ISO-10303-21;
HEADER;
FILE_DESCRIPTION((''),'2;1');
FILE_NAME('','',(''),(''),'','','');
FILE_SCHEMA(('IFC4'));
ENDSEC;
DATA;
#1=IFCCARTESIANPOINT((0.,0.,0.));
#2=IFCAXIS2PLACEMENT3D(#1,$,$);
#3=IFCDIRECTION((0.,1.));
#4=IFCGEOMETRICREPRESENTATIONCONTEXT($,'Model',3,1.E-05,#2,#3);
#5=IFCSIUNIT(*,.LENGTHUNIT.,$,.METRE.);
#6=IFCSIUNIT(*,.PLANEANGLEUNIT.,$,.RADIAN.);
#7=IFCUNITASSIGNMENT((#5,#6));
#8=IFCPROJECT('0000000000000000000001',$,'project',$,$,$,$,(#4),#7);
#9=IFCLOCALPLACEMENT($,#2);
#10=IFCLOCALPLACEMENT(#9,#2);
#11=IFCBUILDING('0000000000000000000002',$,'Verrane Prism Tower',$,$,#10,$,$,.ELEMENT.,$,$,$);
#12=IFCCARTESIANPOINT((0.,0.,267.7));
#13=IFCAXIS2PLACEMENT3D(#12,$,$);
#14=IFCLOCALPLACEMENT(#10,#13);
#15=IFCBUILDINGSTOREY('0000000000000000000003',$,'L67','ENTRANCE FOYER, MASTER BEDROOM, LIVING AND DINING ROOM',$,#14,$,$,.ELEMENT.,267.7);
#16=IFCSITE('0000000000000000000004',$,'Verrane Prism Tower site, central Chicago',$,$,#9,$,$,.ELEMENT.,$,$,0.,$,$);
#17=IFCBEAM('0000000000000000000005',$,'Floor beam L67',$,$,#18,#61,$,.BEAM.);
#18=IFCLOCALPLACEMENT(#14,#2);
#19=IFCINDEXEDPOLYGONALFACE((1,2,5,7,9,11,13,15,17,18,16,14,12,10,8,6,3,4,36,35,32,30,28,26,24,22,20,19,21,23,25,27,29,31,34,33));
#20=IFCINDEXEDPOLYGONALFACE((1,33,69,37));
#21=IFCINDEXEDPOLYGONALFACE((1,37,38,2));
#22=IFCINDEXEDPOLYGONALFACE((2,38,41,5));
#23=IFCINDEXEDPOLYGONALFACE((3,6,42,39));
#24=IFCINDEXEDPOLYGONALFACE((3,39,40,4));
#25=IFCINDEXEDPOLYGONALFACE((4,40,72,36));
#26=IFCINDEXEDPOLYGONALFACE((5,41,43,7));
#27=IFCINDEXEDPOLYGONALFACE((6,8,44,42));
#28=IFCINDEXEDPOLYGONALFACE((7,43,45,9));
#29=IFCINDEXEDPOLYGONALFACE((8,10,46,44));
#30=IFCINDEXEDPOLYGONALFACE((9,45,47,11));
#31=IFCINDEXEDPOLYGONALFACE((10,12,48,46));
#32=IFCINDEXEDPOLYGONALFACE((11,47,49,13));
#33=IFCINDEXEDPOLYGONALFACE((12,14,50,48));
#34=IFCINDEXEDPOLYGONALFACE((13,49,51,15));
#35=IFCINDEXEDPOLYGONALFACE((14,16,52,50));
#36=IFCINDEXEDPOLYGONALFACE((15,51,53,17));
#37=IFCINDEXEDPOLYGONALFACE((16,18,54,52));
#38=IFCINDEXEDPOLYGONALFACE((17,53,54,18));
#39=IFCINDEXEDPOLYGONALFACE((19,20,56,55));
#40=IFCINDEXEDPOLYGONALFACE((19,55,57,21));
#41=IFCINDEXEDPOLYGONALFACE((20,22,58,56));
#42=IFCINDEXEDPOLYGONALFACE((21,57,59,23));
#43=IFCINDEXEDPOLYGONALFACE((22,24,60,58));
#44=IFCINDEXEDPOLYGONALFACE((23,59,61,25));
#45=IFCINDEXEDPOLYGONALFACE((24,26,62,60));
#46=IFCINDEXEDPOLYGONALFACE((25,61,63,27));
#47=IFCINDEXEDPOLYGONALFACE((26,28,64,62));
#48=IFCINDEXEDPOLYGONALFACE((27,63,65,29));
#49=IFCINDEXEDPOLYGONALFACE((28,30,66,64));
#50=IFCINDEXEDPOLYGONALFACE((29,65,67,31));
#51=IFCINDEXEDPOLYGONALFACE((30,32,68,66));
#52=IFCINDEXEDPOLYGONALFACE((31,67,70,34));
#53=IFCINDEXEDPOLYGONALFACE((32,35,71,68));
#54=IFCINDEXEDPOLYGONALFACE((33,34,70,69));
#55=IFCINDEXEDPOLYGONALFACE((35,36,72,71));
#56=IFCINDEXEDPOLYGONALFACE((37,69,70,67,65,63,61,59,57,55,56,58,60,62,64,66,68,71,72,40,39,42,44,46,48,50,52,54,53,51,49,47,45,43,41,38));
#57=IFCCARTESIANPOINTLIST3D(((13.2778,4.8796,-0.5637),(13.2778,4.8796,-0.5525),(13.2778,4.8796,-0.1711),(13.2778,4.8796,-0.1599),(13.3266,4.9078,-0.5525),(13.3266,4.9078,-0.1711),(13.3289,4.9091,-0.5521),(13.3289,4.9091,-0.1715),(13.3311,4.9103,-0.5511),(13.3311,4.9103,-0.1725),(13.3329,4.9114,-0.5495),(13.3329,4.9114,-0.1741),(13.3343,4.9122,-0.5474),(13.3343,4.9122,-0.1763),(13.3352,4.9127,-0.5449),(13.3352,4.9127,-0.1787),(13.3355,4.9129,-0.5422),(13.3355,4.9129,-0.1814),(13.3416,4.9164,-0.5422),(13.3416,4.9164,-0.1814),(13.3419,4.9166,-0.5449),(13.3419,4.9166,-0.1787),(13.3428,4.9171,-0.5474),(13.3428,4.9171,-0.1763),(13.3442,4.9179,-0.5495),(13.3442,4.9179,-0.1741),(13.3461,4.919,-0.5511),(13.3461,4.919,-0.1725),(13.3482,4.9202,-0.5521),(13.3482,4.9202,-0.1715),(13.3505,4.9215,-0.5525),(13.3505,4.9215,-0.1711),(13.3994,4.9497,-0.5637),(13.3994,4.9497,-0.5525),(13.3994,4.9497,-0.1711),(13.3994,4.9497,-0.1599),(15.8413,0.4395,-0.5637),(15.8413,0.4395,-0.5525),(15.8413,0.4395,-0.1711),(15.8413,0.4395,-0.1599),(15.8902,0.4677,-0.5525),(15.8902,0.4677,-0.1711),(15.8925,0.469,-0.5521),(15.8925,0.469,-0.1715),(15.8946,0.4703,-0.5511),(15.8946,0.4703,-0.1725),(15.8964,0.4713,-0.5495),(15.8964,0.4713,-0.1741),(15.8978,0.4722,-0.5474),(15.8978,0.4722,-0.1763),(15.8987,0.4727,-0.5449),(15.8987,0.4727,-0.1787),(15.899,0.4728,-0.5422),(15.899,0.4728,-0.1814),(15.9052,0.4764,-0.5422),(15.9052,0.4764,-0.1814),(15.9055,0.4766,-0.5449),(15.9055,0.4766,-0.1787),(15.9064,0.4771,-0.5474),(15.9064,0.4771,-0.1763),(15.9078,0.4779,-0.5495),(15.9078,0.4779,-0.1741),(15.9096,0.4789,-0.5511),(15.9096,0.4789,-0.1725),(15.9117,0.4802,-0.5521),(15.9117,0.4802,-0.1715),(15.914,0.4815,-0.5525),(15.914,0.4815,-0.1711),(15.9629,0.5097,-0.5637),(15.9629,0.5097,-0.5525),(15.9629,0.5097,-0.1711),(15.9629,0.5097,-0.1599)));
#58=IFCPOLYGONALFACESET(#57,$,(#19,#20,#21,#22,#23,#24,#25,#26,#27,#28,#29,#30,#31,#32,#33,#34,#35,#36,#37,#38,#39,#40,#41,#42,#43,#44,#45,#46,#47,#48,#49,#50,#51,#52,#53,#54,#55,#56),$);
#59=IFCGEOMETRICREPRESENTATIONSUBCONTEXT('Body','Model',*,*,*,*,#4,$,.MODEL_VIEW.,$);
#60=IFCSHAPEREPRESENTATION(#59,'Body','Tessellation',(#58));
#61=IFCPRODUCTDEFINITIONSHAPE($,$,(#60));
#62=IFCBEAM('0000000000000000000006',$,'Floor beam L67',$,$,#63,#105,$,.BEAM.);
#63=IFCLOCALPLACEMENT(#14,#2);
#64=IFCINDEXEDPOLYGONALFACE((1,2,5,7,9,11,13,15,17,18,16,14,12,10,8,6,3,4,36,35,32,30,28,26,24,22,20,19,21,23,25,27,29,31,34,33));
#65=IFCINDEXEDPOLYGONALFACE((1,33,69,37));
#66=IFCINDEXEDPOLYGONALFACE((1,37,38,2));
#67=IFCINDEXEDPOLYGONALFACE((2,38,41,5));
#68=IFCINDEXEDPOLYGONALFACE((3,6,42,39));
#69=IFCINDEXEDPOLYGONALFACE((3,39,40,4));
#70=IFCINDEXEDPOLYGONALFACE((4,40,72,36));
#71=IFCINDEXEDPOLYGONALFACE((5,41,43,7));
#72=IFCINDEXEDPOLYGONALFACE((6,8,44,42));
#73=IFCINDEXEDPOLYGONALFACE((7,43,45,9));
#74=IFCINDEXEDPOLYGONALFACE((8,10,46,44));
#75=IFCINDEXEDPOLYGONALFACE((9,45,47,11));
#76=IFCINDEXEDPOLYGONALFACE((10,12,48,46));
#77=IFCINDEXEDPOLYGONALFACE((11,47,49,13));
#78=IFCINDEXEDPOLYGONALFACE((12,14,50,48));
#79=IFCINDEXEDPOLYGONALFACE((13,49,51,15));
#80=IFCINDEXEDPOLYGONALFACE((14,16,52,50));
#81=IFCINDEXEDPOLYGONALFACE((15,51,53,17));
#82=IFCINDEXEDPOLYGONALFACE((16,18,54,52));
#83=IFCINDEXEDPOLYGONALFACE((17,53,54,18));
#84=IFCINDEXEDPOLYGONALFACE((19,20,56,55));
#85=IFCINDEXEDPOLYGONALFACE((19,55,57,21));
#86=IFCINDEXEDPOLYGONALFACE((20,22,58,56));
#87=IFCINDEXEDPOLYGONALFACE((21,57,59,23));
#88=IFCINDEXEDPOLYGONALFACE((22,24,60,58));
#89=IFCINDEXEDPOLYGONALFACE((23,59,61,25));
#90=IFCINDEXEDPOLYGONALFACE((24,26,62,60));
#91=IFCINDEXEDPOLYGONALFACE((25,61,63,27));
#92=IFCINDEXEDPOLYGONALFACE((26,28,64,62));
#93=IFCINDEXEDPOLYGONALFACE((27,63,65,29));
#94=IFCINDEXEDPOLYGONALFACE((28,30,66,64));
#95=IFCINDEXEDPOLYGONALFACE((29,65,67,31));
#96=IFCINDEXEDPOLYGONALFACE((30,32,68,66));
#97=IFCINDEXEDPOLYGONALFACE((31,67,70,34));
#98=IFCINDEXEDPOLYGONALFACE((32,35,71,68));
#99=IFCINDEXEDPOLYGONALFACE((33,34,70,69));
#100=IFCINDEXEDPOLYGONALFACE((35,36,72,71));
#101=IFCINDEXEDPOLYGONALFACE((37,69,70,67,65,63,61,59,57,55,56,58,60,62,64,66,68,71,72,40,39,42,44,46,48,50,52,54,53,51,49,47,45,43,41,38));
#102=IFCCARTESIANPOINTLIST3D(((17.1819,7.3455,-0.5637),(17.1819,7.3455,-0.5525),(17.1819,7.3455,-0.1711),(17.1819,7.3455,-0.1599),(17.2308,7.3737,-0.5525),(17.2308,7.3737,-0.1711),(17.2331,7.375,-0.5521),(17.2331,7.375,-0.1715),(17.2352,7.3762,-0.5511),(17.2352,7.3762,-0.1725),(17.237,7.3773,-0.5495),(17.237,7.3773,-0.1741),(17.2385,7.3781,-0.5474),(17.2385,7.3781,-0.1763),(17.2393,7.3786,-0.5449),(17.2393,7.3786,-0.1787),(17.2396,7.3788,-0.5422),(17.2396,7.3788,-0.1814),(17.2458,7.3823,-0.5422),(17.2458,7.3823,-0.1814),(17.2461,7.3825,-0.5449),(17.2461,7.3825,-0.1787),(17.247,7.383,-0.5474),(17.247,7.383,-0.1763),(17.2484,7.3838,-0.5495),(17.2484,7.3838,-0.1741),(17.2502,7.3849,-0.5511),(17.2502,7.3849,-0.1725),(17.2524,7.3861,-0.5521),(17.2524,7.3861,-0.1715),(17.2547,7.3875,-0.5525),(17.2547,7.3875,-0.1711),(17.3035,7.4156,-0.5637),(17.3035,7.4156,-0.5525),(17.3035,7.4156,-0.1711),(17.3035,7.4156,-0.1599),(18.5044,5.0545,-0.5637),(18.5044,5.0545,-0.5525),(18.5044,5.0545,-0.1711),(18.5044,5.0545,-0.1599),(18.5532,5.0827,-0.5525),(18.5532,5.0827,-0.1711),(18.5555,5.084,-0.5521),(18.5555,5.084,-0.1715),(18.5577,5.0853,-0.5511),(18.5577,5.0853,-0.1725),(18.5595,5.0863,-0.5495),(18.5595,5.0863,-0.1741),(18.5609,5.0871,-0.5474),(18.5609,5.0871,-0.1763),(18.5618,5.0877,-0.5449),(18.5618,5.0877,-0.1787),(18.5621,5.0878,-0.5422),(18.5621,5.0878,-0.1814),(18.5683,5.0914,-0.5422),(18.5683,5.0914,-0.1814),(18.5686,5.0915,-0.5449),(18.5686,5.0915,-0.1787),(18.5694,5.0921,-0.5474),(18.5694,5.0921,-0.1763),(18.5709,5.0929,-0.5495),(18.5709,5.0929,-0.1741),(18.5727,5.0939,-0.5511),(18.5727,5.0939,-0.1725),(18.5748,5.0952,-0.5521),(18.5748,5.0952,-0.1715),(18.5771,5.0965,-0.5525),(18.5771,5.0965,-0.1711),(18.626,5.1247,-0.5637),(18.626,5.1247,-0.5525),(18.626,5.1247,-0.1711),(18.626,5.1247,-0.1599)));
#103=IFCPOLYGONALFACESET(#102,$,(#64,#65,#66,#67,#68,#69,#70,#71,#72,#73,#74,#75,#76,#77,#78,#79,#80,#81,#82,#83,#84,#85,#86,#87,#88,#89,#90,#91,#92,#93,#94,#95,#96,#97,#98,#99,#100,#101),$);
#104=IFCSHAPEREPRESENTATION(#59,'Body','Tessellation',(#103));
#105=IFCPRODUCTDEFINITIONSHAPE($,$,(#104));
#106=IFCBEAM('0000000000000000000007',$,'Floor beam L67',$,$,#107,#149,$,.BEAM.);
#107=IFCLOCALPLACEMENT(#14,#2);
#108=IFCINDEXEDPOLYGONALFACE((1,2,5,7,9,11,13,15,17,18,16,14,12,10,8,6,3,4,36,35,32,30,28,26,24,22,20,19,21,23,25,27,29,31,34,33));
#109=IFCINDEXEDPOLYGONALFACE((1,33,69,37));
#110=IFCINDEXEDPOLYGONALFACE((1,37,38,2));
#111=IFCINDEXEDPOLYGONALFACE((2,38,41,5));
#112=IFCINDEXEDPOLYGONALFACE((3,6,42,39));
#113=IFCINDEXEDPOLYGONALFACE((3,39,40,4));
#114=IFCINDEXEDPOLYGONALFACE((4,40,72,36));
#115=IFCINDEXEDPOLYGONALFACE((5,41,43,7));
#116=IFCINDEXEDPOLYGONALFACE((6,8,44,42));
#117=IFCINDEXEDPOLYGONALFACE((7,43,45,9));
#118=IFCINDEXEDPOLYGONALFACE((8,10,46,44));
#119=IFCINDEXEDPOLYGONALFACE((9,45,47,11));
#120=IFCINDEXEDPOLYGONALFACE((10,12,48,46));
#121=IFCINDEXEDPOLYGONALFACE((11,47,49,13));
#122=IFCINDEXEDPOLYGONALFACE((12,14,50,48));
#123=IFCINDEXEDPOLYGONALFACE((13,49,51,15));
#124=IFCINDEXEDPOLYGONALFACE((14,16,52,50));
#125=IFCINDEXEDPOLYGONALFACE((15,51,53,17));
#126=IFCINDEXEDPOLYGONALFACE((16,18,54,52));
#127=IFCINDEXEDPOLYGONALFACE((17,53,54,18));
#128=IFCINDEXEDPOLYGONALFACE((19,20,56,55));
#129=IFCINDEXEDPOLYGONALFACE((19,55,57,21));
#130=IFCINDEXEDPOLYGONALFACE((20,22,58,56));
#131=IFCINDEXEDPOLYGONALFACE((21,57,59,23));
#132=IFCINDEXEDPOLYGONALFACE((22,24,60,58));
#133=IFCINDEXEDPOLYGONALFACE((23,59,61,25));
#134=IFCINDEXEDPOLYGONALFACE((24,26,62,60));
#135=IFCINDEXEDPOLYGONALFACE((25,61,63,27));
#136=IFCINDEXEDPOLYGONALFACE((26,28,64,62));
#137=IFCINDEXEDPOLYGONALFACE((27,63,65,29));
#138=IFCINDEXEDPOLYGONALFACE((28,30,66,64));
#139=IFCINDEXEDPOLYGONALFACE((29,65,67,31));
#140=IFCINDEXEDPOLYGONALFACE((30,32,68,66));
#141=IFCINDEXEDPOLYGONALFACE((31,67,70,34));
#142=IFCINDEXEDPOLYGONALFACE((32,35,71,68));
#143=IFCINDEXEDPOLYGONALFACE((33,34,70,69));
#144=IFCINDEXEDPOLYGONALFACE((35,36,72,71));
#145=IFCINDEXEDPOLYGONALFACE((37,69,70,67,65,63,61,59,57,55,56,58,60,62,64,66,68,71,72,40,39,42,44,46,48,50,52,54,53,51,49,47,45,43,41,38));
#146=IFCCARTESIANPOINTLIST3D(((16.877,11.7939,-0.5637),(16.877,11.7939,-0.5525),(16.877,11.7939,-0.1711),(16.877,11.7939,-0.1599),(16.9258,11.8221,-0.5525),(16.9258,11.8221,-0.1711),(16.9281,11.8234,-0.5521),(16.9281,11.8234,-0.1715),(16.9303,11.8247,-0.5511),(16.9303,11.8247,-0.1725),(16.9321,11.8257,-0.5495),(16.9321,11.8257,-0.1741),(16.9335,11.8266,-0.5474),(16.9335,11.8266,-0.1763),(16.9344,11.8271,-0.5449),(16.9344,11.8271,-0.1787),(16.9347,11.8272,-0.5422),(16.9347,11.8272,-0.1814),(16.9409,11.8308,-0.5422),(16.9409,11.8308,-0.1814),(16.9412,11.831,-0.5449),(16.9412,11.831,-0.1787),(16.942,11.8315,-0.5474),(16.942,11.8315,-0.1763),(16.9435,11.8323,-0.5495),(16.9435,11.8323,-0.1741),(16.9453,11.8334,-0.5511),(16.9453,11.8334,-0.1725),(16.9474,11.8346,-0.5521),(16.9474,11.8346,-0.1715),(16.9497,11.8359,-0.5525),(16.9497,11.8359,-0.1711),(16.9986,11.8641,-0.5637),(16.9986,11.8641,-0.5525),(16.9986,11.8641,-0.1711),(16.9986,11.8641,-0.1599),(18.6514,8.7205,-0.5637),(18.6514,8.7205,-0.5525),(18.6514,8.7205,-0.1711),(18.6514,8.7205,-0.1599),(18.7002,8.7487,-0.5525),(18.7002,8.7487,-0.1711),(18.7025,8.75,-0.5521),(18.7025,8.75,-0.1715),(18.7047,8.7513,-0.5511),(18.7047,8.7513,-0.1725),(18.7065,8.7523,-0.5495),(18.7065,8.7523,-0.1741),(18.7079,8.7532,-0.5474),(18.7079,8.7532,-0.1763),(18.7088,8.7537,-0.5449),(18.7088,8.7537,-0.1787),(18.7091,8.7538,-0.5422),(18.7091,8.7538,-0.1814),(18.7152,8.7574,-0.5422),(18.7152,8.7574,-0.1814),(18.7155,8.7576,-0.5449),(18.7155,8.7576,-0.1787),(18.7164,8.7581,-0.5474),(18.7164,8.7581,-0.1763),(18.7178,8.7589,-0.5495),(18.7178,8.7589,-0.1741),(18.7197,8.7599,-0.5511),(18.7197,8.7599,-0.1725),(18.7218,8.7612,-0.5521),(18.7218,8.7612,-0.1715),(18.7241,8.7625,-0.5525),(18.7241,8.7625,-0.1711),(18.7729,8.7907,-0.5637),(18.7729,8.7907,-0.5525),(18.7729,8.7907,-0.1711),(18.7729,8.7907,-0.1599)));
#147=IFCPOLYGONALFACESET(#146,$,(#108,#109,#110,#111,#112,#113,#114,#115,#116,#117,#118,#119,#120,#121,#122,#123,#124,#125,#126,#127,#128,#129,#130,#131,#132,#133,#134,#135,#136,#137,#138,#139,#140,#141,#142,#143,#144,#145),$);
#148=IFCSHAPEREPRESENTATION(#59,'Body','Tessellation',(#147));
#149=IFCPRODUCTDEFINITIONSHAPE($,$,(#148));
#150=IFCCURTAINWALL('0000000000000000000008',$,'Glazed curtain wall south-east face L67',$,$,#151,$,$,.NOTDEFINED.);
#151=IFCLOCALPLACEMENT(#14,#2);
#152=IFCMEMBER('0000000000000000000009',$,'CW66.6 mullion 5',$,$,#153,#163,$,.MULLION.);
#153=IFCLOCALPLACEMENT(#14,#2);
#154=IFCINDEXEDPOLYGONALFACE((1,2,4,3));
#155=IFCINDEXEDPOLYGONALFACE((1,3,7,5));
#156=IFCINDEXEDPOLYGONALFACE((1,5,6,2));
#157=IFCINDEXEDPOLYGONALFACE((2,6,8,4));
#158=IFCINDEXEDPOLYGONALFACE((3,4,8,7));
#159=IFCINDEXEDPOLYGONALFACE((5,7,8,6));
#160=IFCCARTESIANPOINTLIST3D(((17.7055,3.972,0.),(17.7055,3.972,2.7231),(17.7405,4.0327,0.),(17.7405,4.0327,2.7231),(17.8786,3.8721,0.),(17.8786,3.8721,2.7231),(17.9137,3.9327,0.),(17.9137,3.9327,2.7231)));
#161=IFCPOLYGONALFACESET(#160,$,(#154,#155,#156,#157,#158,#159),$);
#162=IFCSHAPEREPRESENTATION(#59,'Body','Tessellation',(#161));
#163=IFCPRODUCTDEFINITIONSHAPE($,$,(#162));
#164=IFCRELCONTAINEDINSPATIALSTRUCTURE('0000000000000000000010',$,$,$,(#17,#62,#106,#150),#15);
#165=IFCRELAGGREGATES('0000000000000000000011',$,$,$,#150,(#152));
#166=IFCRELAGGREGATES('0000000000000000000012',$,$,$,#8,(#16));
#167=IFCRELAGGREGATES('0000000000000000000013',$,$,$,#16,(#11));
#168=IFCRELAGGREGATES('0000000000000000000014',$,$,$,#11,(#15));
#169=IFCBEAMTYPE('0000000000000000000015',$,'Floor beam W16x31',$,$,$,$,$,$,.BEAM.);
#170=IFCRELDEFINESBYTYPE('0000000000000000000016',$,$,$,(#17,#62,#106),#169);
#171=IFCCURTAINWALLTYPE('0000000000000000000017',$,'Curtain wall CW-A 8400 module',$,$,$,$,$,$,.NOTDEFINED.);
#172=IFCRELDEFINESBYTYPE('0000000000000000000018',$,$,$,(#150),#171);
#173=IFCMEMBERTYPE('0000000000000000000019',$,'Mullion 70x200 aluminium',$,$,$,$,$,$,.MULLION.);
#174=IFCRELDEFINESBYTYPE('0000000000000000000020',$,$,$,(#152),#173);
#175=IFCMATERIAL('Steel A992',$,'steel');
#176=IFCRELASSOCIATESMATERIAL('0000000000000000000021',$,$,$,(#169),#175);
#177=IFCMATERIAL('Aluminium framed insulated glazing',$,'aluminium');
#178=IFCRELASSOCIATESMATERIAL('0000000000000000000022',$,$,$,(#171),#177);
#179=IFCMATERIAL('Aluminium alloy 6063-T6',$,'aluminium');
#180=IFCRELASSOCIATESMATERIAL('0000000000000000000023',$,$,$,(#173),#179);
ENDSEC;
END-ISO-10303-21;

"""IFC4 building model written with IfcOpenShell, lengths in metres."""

from ifc_helpers import new_model, si_unit, direction, frame, origin, origin_2d, place, context, subcontext, project, spatial, rectangle, i_section, extrude, material, material_profile, profile_set, type_object, element, aggregate, save


model = new_model("IFC4")

# Units and contexts
model_context = context("Model", 3, precision=1e-05, world=origin(), true_north=direction((0.0, 1.0)))
body_context = subcontext(model_context, "Body", "Model", "MODEL_VIEW")
ifc_project = project(units=[si_unit("LENGTHUNIT", "METRE"), si_unit("PLANEANGLEUNIT", "RADIAN")], contexts=[model_context])

# Site, building, storey
site_placement = place(None, origin())
site = spatial("IfcSite", under=ifc_project, at=site_placement, Name="Verrane Prism Tower site, central Chicago", CompositionType="ELEMENT", RefElevation=0.0)
building_placement = place(site_placement, origin())
building = spatial("IfcBuilding", under=site, at=building_placement, Name="Verrane Prism Tower", CompositionType="ELEMENT")
storey_placement = place(building_placement, frame((0.0, 0.0, 267.7)))
storey = spatial("IfcBuildingStorey", under=building, at=storey_placement, Name="L67", Description="ENTRANCE FOYER, MASTER BEDROOM, LIVING AND DINING ROOM", CompositionType="ELEMENT", Elevation=267.7)

# Beams
ifc_material_1 = material(Name="Steel A992", Category="steel")
ifc_material_profile_1 = material_profile(ifc_material_1, i_section(OverallWidth=0.1404, OverallDepth=0.4038, WebThickness=0.0071, FlangeThickness=0.0112, FilletRadius=0.0103, at=origin_2d()), Name="W16x31")
ifc_profile_set_1 = profile_set([ifc_material_profile_1], Name="Steel A992")
beam_type_1 = type_object("IfcBeamType", Name="Floor beam W16x31", PredefinedType="BEAM", material=ifc_profile_set_1)
beam_1_placement = place(storey_placement, frame((15.9021, 0.4746, -0.3618), z_axis=(-0.500011, 0.866019, 0.0), x_axis=(-0.866019, -0.500011, 0.0)))
element("IfcBeam", 1, at=beam_1_placement, inside=storey, type_object=beam_type_1, Name="Floor beam L67", PredefinedType="BEAM", context=body_context, shape_type="SweptSolid", body=[
    extrude(i_section(OverallWidth=0.1404, OverallDepth=0.4038, WebThickness=0.0071, FlangeThickness=0.0112, FilletRadius=0.0103, at=origin_2d()), origin(), (0.0, 0.0, 1.0), 5.127),
])
beam_2_placement = place(storey_placement, frame((18.5652, 5.0896, -0.3618), z_axis=(-0.499941, 0.86606, 0.0), x_axis=(-0.86606, -0.499941, 0.0)))
element("IfcBeam", 2, at=beam_2_placement, inside=storey, type_object=beam_type_1, Name="Floor beam L67", PredefinedType="BEAM", context=body_context, shape_type="SweptSolid", body=[
    extrude(i_section(OverallWidth=0.1404, OverallDepth=0.4038, WebThickness=0.0071, FlangeThickness=0.0112, FilletRadius=0.0103, at=origin_2d()), origin(), (0.0, 0.0, 1.0), 2.6453),
])
beam_3_placement = place(storey_placement, frame((18.7122, 8.7556, -0.3618), z_axis=(-0.499986, 0.866033, 0.0), x_axis=(-0.866033, -0.499986, 0.0)))
element("IfcBeam", 3, at=beam_3_placement, inside=storey, type_object=beam_type_1, Name="Floor beam L67", PredefinedType="BEAM", context=body_context, shape_type="SweptSolid", body=[
    extrude(i_section(OverallWidth=0.1404, OverallDepth=0.4038, WebThickness=0.0071, FlangeThickness=0.0112, FilletRadius=0.0103, at=origin_2d()), origin(), (0.0, 0.0, 1.0), 3.5488),
])

# Curtain wall, member
ifc_material_2 = material(Name="Aluminium framed insulated glazing", Category="aluminium")
curtain_wall_type = type_object("IfcCurtainWallType", Name="Curtain wall CW-A 8400 module", PredefinedType="NOTDEFINED", material=ifc_material_2)
curtain_wall_placement = place(storey_placement, origin())
curtain_wall = element("IfcCurtainWall", 4, at=curtain_wall_placement, inside=storey, type_object=curtain_wall_type, Name="Glazed curtain wall south-east face L67", PredefinedType="NOTDEFINED")
ifc_material_3 = material(Name="Aluminium alloy 6063-T6", Category="aluminium")
ifc_material_profile_2 = material_profile(ifc_material_3, rectangle(XDim=0.2, YDim=0.0701, at=origin_2d()), Name="Mullion 70x200 aluminium")
ifc_profile_set_2 = profile_set([ifc_material_profile_2], Name="Aluminium alloy 6063-T6")
member_type_1 = type_object("IfcMemberType", Name="Mullion 70x200 aluminium", PredefinedType="MULLION", material=ifc_profile_set_2)
member_1_placement = place(storey_placement, frame((17.8096, 3.9524, 0.0), z_axis=(0.0, 0.0, 1.0), x_axis=(-0.866025, 0.500001, 0.0)))
member_1 = element("IfcMember", 5, at=member_1_placement, type_object=member_type_1, Name="CW66.6 mullion 5", PredefinedType="MULLION", context=body_context, shape_type="SweptSolid", body=[
    extrude(rectangle(XDim=0.2, YDim=0.0701, at=origin_2d()), origin(), (0.0, 0.0, 1.0), 2.7231),
])

aggregate(curtain_wall, [member_1])

save(model, "model.ifc")
